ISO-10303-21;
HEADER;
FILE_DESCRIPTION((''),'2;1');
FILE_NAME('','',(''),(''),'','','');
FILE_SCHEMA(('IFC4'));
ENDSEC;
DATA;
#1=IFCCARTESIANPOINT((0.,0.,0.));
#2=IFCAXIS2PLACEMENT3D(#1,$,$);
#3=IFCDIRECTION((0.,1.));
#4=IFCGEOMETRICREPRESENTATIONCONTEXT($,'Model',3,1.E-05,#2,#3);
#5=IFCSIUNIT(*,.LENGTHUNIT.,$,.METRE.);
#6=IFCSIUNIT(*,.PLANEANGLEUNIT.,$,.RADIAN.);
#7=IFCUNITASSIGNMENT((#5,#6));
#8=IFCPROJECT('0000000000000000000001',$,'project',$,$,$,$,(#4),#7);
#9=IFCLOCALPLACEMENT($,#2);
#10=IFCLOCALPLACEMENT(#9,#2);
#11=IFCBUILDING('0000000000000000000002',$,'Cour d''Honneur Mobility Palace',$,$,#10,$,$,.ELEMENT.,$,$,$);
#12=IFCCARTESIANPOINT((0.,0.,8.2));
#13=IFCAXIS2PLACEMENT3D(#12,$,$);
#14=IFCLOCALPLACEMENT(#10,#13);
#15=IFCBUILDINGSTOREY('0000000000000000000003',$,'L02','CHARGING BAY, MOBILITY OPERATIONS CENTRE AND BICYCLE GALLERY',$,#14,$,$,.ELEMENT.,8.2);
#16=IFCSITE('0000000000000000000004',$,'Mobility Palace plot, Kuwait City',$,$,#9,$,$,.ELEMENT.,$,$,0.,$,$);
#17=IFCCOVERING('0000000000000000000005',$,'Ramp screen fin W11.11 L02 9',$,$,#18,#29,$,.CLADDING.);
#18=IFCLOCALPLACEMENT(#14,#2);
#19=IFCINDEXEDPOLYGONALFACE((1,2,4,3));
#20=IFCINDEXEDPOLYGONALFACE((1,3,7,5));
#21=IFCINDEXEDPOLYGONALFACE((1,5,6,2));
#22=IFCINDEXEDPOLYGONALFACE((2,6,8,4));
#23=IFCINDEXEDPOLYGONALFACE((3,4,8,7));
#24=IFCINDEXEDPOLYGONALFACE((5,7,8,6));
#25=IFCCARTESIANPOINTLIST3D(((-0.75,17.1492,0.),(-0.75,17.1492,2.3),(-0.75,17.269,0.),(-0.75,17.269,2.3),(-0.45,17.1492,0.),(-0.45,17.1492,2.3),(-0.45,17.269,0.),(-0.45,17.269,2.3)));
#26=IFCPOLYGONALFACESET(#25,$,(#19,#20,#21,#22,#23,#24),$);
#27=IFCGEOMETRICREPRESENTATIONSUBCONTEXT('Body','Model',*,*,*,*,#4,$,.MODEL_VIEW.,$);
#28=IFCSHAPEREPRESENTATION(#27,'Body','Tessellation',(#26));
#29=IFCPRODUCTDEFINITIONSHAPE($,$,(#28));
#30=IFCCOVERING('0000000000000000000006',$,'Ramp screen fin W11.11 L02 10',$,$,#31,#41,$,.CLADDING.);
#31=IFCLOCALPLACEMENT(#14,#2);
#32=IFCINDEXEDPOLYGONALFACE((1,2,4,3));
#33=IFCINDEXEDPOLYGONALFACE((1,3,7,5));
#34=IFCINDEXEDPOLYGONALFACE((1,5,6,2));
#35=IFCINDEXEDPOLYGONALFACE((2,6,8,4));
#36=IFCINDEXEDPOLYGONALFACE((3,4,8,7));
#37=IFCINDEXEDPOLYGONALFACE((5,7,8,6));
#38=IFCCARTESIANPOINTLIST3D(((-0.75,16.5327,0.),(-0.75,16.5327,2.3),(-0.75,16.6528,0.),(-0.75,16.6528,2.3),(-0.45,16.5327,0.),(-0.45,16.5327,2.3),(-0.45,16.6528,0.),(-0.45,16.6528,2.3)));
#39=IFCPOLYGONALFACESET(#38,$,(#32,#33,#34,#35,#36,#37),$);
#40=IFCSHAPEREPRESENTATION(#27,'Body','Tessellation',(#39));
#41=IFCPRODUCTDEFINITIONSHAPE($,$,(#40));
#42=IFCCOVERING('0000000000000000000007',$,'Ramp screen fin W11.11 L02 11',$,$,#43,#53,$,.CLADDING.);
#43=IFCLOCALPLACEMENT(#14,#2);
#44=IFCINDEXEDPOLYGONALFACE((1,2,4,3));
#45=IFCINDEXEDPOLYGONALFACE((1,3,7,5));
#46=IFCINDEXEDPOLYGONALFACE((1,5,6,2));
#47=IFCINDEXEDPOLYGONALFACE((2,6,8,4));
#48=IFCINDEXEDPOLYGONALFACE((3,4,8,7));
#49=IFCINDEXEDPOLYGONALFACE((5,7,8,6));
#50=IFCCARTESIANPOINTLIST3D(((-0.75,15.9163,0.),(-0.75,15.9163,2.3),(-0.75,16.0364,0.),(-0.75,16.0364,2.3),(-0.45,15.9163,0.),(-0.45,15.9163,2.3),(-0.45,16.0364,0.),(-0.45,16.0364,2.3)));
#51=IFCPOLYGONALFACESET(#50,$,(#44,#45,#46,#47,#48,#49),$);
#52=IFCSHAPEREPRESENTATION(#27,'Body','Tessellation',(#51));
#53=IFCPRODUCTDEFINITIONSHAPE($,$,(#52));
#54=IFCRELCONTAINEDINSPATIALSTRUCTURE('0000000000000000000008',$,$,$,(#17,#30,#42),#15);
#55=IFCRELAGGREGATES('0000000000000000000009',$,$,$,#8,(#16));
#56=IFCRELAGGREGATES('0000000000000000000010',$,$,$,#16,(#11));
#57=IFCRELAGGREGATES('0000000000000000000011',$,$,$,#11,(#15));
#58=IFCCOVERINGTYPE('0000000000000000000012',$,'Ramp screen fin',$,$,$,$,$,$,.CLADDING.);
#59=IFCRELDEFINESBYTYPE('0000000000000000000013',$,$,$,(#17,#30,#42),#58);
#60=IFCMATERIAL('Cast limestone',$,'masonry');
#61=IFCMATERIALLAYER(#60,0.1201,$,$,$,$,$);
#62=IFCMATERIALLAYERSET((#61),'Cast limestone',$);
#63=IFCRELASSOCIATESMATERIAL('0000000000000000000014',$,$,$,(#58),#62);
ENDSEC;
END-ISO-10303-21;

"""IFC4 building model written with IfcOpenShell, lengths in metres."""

from ifc_helpers import new_model, si_unit, direction, frame, origin, place, context, subcontext, project, spatial, polyline, outline, extrude, material, layer, layer_set, type_object, element, save


model = new_model("IFC4")

# Units and contexts
model_context = context("Model", 3, precision=1e-05, world=origin(), true_north=direction((0.0, 1.0)))
body_context = subcontext(model_context, "Body", "Model", "MODEL_VIEW")
ifc_project = project(units=[si_unit("LENGTHUNIT", "METRE"), si_unit("PLANEANGLEUNIT", "RADIAN")], contexts=[model_context])

# Site, building, storey
site_placement = place(None, origin())
site = spatial("IfcSite", under=ifc_project, at=site_placement, Name="Mobility Palace plot, Kuwait City", CompositionType="ELEMENT", RefElevation=0.0)
building_placement = place(site_placement, origin())
building = spatial("IfcBuilding", under=site, at=building_placement, Name="Cour d'Honneur Mobility Palace", CompositionType="ELEMENT")
storey_placement = place(building_placement, frame((0.0, 0.0, 8.2)))
storey = spatial("IfcBuildingStorey", under=building, at=storey_placement, Name="L02", Description="CHARGING BAY, MOBILITY OPERATIONS CENTRE AND BICYCLE GALLERY", CompositionType="ELEMENT", Elevation=8.2)

# Coverings
ifc_material = material(Name="Cast limestone", Category="masonry")
ifc_layer = layer(ifc_material, 0.1201)
ifc_layer_set = layer_set([ifc_layer], Name="Cast limestone")
covering_type = type_object("IfcCoveringType", Name="Ramp screen fin", PredefinedType="CLADDING", material=ifc_layer_set)
covering_1_placement = place(storey_placement, origin())
element("IfcCovering", 1, at=covering_1_placement, inside=storey, type_object=covering_type, Name="Ramp screen fin W11.11 L02 9", PredefinedType="CLADDING", context=body_context, shape_type="SweptSolid", body=[
    extrude(outline(polyline([(-0.45, 17.269), (-0.45, 17.1492), (-0.75, 17.1492), (-0.75, 17.269), (-0.45, 17.269)])), origin(), (0.0, 0.0, 1.0), 2.3),
])
covering_2_placement = place(storey_placement, origin())
element("IfcCovering", 2, at=covering_2_placement, inside=storey, type_object=covering_type, Name="Ramp screen fin W11.11 L02 10", PredefinedType="CLADDING", context=body_context, shape_type="SweptSolid", body=[
    extrude(outline(polyline([(-0.45, 16.6528), (-0.45, 16.5327), (-0.75, 16.5327), (-0.75, 16.6528), (-0.45, 16.6528)])), origin(), (0.0, 0.0, 1.0), 2.3),
])
covering_3_placement = place(storey_placement, origin())
element("IfcCovering", 3, at=covering_3_placement, inside=storey, type_object=covering_type, Name="Ramp screen fin W11.11 L02 11", PredefinedType="CLADDING", context=body_context, shape_type="SweptSolid", body=[
    extrude(outline(polyline([(-0.45, 16.0364), (-0.45, 15.9163), (-0.75, 15.9163), (-0.75, 16.0364), (-0.45, 16.0364)])), origin(), (0.0, 0.0, 1.0), 2.3),
])

save(model, "model.ifc")
